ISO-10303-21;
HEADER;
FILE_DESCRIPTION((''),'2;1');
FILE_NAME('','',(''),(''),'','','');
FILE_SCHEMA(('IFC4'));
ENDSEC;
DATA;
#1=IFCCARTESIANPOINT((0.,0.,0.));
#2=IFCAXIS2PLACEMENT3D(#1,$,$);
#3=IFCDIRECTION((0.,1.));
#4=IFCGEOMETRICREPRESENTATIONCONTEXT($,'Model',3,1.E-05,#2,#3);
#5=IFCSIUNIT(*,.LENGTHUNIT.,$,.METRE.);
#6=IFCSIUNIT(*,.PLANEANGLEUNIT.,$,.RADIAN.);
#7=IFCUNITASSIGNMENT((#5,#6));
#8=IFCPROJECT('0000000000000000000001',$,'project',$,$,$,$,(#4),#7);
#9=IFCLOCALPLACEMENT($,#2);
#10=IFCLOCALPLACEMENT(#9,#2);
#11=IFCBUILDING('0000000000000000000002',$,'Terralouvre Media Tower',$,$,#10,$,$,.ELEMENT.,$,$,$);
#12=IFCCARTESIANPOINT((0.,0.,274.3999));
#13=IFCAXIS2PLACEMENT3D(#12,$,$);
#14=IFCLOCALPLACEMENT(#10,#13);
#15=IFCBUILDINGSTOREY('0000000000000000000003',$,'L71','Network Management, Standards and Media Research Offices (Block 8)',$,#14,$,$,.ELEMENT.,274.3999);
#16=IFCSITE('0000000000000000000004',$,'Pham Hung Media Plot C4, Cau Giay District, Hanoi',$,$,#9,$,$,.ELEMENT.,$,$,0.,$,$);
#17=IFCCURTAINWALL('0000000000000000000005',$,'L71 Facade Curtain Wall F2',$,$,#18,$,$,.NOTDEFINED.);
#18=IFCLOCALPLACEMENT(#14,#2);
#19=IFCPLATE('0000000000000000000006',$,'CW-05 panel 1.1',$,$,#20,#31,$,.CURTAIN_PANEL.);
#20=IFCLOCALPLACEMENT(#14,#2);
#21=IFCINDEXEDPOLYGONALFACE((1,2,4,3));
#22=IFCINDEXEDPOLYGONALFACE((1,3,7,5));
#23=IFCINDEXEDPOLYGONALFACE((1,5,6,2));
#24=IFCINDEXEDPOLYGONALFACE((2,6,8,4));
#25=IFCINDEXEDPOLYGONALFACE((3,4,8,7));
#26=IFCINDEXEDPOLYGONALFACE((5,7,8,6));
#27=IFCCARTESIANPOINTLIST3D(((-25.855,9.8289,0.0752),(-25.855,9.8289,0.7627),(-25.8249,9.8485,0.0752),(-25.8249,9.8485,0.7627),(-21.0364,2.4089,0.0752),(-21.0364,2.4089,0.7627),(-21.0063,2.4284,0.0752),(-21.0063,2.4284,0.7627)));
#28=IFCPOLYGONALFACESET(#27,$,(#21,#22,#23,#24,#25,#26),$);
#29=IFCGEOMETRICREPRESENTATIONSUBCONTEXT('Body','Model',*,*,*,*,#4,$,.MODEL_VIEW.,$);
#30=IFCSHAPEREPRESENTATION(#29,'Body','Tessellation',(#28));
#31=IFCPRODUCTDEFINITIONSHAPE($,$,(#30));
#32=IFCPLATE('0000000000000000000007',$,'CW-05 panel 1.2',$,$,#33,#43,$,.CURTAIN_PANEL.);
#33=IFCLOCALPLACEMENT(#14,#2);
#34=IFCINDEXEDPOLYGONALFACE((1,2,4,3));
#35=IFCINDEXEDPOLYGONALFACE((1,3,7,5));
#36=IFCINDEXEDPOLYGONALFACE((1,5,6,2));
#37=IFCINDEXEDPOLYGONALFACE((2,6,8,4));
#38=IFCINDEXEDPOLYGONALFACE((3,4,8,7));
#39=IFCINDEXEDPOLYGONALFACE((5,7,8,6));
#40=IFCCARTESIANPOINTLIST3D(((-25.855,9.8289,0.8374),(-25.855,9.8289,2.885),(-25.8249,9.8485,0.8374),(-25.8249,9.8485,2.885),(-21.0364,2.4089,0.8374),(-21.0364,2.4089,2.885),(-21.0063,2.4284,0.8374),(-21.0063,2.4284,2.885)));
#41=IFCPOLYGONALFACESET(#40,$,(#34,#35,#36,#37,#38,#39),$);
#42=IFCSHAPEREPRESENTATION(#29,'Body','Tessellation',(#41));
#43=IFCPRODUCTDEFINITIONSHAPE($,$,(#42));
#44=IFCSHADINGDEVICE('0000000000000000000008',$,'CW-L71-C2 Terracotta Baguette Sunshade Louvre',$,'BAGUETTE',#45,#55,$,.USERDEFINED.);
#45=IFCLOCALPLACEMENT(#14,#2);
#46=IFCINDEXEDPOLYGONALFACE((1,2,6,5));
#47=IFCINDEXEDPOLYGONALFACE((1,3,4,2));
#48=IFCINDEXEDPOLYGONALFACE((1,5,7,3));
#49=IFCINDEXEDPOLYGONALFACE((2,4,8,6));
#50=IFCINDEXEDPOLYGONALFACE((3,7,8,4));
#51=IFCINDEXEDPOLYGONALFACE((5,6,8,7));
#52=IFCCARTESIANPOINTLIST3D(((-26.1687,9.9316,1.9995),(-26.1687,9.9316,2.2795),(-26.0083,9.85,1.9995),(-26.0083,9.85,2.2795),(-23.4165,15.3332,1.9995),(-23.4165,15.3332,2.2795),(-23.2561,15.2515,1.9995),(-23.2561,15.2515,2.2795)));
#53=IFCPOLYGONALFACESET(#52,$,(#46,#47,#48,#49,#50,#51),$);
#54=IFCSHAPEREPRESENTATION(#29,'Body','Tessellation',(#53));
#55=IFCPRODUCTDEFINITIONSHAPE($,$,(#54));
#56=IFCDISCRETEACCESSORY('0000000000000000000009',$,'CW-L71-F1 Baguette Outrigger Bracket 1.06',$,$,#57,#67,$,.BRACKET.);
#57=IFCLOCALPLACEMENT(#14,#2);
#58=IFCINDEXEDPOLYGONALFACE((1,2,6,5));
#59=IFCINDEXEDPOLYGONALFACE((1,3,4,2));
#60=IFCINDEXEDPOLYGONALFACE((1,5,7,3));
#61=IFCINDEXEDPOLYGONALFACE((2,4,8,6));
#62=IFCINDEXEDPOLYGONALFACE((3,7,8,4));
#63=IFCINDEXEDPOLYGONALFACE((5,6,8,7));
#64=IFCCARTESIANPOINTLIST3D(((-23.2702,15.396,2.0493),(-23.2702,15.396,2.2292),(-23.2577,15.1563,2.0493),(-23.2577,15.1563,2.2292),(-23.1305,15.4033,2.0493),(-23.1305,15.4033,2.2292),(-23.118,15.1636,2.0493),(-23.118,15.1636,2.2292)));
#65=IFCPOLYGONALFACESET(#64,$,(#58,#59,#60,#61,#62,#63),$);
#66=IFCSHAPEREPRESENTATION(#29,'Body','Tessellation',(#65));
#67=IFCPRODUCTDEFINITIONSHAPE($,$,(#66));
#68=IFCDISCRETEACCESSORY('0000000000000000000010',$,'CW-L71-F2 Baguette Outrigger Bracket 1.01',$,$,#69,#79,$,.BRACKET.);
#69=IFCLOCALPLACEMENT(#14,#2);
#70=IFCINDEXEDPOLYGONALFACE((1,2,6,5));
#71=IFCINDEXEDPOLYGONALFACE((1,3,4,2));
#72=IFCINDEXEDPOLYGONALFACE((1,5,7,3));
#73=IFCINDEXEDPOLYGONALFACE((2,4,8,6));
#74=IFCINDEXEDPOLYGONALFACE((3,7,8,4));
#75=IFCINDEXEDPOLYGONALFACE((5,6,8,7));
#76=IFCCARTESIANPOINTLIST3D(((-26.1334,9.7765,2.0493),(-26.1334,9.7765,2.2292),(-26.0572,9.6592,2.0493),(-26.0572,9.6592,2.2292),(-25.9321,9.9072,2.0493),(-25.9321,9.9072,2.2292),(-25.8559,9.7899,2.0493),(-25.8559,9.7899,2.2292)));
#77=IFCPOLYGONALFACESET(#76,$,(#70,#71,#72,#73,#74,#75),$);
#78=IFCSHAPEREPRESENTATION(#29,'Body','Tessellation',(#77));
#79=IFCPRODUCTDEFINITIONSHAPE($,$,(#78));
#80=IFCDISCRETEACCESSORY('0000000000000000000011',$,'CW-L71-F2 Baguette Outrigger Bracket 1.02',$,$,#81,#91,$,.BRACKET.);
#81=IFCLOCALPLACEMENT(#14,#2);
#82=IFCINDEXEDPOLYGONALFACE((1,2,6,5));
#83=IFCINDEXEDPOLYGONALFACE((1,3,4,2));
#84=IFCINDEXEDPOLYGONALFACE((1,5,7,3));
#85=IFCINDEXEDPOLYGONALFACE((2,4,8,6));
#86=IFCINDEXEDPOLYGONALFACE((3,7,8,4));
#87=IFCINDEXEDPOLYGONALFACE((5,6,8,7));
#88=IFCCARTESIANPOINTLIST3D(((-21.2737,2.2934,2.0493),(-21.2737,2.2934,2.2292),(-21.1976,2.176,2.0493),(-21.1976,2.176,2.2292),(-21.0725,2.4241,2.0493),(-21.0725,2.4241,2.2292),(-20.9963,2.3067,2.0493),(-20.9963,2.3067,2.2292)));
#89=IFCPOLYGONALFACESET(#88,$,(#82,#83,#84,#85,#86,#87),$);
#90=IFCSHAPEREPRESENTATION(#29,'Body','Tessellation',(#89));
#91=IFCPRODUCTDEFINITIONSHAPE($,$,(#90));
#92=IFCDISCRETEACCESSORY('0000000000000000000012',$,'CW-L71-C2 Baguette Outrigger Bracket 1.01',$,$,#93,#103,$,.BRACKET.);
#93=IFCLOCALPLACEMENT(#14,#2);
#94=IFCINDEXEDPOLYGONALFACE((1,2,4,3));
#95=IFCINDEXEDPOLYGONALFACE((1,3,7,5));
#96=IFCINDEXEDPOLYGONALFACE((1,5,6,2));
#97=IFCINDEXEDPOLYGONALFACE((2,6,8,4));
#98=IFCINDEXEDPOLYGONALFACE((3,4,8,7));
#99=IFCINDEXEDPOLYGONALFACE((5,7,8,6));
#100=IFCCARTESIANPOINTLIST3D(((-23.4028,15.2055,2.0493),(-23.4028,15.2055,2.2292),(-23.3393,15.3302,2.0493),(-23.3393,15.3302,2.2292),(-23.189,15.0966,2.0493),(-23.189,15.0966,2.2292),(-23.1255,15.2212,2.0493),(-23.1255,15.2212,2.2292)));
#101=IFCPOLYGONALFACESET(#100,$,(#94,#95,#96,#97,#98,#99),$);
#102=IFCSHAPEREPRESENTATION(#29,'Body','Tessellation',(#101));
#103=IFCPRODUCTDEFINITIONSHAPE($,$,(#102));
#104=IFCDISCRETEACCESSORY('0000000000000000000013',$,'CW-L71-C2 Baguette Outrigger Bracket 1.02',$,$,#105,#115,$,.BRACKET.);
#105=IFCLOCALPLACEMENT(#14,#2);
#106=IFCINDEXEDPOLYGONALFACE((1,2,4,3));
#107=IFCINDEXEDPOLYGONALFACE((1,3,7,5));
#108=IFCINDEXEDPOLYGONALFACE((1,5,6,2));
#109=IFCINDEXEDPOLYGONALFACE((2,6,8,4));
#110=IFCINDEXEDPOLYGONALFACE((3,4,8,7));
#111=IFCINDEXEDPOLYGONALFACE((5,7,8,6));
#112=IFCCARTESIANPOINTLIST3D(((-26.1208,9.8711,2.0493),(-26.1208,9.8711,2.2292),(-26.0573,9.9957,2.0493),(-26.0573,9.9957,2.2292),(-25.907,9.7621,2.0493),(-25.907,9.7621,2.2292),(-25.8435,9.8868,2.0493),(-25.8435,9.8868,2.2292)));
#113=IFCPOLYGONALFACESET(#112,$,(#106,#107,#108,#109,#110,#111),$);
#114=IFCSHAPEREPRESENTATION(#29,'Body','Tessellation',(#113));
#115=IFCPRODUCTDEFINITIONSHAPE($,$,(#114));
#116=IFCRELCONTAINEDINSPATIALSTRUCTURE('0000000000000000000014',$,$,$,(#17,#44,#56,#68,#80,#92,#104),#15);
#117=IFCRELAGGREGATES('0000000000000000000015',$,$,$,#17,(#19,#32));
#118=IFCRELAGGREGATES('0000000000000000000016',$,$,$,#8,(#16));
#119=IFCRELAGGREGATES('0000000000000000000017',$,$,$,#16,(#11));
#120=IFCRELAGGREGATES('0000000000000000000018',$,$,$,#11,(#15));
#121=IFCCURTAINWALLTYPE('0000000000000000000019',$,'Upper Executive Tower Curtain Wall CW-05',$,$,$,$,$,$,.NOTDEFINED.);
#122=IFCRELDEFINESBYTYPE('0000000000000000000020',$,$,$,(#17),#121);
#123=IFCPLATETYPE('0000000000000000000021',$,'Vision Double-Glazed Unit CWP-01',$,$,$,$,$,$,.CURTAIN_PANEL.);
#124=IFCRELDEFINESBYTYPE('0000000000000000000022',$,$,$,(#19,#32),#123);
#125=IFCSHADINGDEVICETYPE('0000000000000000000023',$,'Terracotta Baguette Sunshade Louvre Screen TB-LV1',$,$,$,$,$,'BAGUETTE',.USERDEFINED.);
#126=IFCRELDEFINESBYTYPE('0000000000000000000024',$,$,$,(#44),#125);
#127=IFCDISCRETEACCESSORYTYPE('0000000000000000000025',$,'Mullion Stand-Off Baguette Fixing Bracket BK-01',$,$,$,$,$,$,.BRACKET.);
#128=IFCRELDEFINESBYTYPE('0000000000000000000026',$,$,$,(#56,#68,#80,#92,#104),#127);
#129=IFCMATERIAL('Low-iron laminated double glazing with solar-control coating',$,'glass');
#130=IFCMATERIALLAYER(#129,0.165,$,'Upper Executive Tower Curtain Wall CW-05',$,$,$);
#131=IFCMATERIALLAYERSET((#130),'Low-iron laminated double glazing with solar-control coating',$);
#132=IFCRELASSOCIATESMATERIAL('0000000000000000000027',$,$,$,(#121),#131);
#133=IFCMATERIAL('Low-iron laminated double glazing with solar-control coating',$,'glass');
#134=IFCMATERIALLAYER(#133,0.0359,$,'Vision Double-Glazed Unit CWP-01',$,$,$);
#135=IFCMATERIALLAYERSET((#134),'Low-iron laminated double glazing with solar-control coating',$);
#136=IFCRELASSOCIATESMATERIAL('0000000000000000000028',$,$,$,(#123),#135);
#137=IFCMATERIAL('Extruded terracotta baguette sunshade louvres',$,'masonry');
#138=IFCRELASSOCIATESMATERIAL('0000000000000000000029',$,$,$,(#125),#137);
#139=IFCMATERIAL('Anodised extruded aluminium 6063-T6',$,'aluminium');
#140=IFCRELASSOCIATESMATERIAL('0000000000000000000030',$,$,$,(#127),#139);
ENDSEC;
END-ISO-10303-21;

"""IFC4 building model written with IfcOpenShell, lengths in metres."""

from ifc_helpers import new_model, si_unit, direction, frame, origin, origin_2d, place, context, subcontext, project, spatial, rectangle, extrude, material, layer, layer_set, type_object, element, aggregate, save


model = new_model("IFC4")

# Units and contexts
model_context = context("Model", 3, precision=1e-05, world=origin(), true_north=direction((0.0, 1.0)))
body_context = subcontext(model_context, "Body", "Model", "MODEL_VIEW")
ifc_project = project(units=[si_unit("LENGTHUNIT", "METRE"), si_unit("PLANEANGLEUNIT", "RADIAN")], contexts=[model_context])

# Site, building, storey
site_placement = place(None, origin())
site = spatial("IfcSite", under=ifc_project, at=site_placement, Name="Pham Hung Media Plot C4, Cau Giay District, Hanoi", CompositionType="ELEMENT", RefElevation=0.0)
building_placement = place(site_placement, origin())
building = spatial("IfcBuilding", under=site, at=building_placement, Name="Terralouvre Media Tower", CompositionType="ELEMENT")
storey_placement = place(building_placement, frame((0.0, 0.0, 274.3999)))
storey = spatial("IfcBuildingStorey", under=building, at=storey_placement, Name="L71", Description="Network Management, Standards and Media Research Offices (Block 8)", CompositionType="ELEMENT", Elevation=274.3999)

# Curtain wall
ifc_material_1 = material(Name="Low-iron laminated double glazing with solar-control coating", Category="glass")
ifc_layer_1 = layer(ifc_material_1, 0.165, Name="Upper Executive Tower Curtain Wall CW-05")
ifc_layer_set_1 = layer_set([ifc_layer_1], Name="Low-iron laminated double glazing with solar-control coating")
curtain_wall_type_1 = type_object("IfcCurtainWallType", Name="Upper Executive Tower Curtain Wall CW-05", PredefinedType="NOTDEFINED", material=ifc_layer_set_1)
curtain_wall_1_placement = place(storey_placement, origin())
curtain_wall_1 = element("IfcCurtainWall", 1, at=curtain_wall_1_placement, inside=storey, type_object=curtain_wall_type_1, Name="L71 Facade Curtain Wall F2", PredefinedType="NOTDEFINED")

# Plates
ifc_material_2 = material(Name="Low-iron laminated double glazing with solar-control coating", Category="glass")
ifc_layer_2 = layer(ifc_material_2, 0.0359, Name="Vision Double-Glazed Unit CWP-01")
ifc_layer_set_2 = layer_set([ifc_layer_2], Name="Low-iron laminated double glazing with solar-control coating")
plate_type_1 = type_object("IfcPlateType", Name="Vision Double-Glazed Unit CWP-01", PredefinedType="CURTAIN_PANEL", material=ifc_layer_set_2)
plate_1_placement = place(storey_placement, frame((-23.4307, 6.1287, 0.0752), z_axis=(0.0, 0.0, 1.0), x_axis=(0.544639, -0.838671, 0.0)))
plate_1 = element("IfcPlate", 2, at=plate_1_placement, type_object=plate_type_1, Name="CW-05 panel 1.1", PredefinedType="CURTAIN_PANEL", context=body_context, shape_type="SweptSolid", body=[
    extrude(rectangle(XDim=8.8474, YDim=0.0359, at=origin_2d()), origin(), (0.0, 0.0, 1.0), 0.6875),
])
plate_2_placement = place(storey_placement, frame((-23.4307, 6.1287, 0.8374), z_axis=(0.0, 0.0, 1.0), x_axis=(0.544639, -0.838671, 0.0)))
plate_2 = element("IfcPlate", 3, at=plate_2_placement, type_object=plate_type_1, Name="CW-05 panel 1.2", PredefinedType="CURTAIN_PANEL", context=body_context, shape_type="SweptSolid", body=[
    extrude(rectangle(XDim=8.8474, YDim=0.0359, at=origin_2d()), origin(), (0.0, 0.0, 1.0), 2.0476),
])
aggregate(curtain_wall_1, [plate_1, plate_2])

# Shading device
ifc_material_3 = material(Name="Extruded terracotta baguette sunshade louvres", Category="masonry")
shading_device_type = type_object("IfcShadingDeviceType", Name="Terracotta Baguette Sunshade Louvre Screen TB-LV1", ElementType="BAGUETTE", PredefinedType="USERDEFINED", material=ifc_material_3)
shading_device_placement = place(storey_placement, frame((-24.7124, 12.5916, 1.9995), z_axis=(0.0, 0.0, 1.0), x_axis=(-0.45399, -0.891007, 0.0)))
element("IfcShadingDevice", 4, at=shading_device_placement, inside=storey, type_object=shading_device_type, Name="CW-L71-C2 Terracotta Baguette Sunshade Louvre", ObjectType="BAGUETTE", PredefinedType="USERDEFINED", context=body_context, shape_type="SweptSolid", body=[
    extrude(rectangle(XDim=6.0623, YDim=0.1799, at=origin_2d()), origin(), (0.0, 0.0, 1.0), 0.28),
])

# Discrete accessories
ifc_material_4 = material(Name="Anodised extruded aluminium 6063-T6", Category="aluminium")
discrete_accessory_type = type_object("IfcDiscreteAccessoryType", Name="Mullion Stand-Off Baguette Fixing Bracket BK-01", PredefinedType="BRACKET", material=ifc_material_4)
for number, where, z_axis, x_axis, name in (
    (5, (-23.1941, 15.2798, 2.0493), (0.0, 0.0, 1.0), (-0.99863, -0.052336, 0.0), "CW-L71-F1 Baguette Outrigger Bracket 1.06"),
    (6, (-25.9946, 9.7832, 2.0493), (0.0, 0.0, 1.0), (0.544639, -0.838671, 0.0), "CW-L71-F2 Baguette Outrigger Bracket 1.01"),
    (7, (-21.135, 2.3, 2.0493), (0.0, 0.0, 1.0), (0.544639, -0.838671, 0.0), "CW-L71-F2 Baguette Outrigger Bracket 1.02"),
    (8, (-23.2642, 15.2134, 2.0493), (0.0, 0.0, 1.0), (-0.45399, -0.891007, 0.0), "CW-L71-C2 Baguette Outrigger Bracket 1.01"),
    (9, (-25.9822, 9.8789, 2.0493), (0.0, 0.0, 1.0), (-0.45399, -0.891007, 0.0), "CW-L71-C2 Baguette Outrigger Bracket 1.02"),
):
    element("IfcDiscreteAccessory", number, at=place(storey_placement, frame(where, z_axis=z_axis, x_axis=x_axis)), inside=storey, type_object=discrete_accessory_type, Name=name, PredefinedType="BRACKET", context=body_context, shape_type="SweptSolid", body=[
        extrude(rectangle(XDim=0.1399, YDim=0.24, at=origin_2d()), origin(), (0.0, 0.0, 1.0), 0.1799),
    ])

save(model, "model.ifc")
